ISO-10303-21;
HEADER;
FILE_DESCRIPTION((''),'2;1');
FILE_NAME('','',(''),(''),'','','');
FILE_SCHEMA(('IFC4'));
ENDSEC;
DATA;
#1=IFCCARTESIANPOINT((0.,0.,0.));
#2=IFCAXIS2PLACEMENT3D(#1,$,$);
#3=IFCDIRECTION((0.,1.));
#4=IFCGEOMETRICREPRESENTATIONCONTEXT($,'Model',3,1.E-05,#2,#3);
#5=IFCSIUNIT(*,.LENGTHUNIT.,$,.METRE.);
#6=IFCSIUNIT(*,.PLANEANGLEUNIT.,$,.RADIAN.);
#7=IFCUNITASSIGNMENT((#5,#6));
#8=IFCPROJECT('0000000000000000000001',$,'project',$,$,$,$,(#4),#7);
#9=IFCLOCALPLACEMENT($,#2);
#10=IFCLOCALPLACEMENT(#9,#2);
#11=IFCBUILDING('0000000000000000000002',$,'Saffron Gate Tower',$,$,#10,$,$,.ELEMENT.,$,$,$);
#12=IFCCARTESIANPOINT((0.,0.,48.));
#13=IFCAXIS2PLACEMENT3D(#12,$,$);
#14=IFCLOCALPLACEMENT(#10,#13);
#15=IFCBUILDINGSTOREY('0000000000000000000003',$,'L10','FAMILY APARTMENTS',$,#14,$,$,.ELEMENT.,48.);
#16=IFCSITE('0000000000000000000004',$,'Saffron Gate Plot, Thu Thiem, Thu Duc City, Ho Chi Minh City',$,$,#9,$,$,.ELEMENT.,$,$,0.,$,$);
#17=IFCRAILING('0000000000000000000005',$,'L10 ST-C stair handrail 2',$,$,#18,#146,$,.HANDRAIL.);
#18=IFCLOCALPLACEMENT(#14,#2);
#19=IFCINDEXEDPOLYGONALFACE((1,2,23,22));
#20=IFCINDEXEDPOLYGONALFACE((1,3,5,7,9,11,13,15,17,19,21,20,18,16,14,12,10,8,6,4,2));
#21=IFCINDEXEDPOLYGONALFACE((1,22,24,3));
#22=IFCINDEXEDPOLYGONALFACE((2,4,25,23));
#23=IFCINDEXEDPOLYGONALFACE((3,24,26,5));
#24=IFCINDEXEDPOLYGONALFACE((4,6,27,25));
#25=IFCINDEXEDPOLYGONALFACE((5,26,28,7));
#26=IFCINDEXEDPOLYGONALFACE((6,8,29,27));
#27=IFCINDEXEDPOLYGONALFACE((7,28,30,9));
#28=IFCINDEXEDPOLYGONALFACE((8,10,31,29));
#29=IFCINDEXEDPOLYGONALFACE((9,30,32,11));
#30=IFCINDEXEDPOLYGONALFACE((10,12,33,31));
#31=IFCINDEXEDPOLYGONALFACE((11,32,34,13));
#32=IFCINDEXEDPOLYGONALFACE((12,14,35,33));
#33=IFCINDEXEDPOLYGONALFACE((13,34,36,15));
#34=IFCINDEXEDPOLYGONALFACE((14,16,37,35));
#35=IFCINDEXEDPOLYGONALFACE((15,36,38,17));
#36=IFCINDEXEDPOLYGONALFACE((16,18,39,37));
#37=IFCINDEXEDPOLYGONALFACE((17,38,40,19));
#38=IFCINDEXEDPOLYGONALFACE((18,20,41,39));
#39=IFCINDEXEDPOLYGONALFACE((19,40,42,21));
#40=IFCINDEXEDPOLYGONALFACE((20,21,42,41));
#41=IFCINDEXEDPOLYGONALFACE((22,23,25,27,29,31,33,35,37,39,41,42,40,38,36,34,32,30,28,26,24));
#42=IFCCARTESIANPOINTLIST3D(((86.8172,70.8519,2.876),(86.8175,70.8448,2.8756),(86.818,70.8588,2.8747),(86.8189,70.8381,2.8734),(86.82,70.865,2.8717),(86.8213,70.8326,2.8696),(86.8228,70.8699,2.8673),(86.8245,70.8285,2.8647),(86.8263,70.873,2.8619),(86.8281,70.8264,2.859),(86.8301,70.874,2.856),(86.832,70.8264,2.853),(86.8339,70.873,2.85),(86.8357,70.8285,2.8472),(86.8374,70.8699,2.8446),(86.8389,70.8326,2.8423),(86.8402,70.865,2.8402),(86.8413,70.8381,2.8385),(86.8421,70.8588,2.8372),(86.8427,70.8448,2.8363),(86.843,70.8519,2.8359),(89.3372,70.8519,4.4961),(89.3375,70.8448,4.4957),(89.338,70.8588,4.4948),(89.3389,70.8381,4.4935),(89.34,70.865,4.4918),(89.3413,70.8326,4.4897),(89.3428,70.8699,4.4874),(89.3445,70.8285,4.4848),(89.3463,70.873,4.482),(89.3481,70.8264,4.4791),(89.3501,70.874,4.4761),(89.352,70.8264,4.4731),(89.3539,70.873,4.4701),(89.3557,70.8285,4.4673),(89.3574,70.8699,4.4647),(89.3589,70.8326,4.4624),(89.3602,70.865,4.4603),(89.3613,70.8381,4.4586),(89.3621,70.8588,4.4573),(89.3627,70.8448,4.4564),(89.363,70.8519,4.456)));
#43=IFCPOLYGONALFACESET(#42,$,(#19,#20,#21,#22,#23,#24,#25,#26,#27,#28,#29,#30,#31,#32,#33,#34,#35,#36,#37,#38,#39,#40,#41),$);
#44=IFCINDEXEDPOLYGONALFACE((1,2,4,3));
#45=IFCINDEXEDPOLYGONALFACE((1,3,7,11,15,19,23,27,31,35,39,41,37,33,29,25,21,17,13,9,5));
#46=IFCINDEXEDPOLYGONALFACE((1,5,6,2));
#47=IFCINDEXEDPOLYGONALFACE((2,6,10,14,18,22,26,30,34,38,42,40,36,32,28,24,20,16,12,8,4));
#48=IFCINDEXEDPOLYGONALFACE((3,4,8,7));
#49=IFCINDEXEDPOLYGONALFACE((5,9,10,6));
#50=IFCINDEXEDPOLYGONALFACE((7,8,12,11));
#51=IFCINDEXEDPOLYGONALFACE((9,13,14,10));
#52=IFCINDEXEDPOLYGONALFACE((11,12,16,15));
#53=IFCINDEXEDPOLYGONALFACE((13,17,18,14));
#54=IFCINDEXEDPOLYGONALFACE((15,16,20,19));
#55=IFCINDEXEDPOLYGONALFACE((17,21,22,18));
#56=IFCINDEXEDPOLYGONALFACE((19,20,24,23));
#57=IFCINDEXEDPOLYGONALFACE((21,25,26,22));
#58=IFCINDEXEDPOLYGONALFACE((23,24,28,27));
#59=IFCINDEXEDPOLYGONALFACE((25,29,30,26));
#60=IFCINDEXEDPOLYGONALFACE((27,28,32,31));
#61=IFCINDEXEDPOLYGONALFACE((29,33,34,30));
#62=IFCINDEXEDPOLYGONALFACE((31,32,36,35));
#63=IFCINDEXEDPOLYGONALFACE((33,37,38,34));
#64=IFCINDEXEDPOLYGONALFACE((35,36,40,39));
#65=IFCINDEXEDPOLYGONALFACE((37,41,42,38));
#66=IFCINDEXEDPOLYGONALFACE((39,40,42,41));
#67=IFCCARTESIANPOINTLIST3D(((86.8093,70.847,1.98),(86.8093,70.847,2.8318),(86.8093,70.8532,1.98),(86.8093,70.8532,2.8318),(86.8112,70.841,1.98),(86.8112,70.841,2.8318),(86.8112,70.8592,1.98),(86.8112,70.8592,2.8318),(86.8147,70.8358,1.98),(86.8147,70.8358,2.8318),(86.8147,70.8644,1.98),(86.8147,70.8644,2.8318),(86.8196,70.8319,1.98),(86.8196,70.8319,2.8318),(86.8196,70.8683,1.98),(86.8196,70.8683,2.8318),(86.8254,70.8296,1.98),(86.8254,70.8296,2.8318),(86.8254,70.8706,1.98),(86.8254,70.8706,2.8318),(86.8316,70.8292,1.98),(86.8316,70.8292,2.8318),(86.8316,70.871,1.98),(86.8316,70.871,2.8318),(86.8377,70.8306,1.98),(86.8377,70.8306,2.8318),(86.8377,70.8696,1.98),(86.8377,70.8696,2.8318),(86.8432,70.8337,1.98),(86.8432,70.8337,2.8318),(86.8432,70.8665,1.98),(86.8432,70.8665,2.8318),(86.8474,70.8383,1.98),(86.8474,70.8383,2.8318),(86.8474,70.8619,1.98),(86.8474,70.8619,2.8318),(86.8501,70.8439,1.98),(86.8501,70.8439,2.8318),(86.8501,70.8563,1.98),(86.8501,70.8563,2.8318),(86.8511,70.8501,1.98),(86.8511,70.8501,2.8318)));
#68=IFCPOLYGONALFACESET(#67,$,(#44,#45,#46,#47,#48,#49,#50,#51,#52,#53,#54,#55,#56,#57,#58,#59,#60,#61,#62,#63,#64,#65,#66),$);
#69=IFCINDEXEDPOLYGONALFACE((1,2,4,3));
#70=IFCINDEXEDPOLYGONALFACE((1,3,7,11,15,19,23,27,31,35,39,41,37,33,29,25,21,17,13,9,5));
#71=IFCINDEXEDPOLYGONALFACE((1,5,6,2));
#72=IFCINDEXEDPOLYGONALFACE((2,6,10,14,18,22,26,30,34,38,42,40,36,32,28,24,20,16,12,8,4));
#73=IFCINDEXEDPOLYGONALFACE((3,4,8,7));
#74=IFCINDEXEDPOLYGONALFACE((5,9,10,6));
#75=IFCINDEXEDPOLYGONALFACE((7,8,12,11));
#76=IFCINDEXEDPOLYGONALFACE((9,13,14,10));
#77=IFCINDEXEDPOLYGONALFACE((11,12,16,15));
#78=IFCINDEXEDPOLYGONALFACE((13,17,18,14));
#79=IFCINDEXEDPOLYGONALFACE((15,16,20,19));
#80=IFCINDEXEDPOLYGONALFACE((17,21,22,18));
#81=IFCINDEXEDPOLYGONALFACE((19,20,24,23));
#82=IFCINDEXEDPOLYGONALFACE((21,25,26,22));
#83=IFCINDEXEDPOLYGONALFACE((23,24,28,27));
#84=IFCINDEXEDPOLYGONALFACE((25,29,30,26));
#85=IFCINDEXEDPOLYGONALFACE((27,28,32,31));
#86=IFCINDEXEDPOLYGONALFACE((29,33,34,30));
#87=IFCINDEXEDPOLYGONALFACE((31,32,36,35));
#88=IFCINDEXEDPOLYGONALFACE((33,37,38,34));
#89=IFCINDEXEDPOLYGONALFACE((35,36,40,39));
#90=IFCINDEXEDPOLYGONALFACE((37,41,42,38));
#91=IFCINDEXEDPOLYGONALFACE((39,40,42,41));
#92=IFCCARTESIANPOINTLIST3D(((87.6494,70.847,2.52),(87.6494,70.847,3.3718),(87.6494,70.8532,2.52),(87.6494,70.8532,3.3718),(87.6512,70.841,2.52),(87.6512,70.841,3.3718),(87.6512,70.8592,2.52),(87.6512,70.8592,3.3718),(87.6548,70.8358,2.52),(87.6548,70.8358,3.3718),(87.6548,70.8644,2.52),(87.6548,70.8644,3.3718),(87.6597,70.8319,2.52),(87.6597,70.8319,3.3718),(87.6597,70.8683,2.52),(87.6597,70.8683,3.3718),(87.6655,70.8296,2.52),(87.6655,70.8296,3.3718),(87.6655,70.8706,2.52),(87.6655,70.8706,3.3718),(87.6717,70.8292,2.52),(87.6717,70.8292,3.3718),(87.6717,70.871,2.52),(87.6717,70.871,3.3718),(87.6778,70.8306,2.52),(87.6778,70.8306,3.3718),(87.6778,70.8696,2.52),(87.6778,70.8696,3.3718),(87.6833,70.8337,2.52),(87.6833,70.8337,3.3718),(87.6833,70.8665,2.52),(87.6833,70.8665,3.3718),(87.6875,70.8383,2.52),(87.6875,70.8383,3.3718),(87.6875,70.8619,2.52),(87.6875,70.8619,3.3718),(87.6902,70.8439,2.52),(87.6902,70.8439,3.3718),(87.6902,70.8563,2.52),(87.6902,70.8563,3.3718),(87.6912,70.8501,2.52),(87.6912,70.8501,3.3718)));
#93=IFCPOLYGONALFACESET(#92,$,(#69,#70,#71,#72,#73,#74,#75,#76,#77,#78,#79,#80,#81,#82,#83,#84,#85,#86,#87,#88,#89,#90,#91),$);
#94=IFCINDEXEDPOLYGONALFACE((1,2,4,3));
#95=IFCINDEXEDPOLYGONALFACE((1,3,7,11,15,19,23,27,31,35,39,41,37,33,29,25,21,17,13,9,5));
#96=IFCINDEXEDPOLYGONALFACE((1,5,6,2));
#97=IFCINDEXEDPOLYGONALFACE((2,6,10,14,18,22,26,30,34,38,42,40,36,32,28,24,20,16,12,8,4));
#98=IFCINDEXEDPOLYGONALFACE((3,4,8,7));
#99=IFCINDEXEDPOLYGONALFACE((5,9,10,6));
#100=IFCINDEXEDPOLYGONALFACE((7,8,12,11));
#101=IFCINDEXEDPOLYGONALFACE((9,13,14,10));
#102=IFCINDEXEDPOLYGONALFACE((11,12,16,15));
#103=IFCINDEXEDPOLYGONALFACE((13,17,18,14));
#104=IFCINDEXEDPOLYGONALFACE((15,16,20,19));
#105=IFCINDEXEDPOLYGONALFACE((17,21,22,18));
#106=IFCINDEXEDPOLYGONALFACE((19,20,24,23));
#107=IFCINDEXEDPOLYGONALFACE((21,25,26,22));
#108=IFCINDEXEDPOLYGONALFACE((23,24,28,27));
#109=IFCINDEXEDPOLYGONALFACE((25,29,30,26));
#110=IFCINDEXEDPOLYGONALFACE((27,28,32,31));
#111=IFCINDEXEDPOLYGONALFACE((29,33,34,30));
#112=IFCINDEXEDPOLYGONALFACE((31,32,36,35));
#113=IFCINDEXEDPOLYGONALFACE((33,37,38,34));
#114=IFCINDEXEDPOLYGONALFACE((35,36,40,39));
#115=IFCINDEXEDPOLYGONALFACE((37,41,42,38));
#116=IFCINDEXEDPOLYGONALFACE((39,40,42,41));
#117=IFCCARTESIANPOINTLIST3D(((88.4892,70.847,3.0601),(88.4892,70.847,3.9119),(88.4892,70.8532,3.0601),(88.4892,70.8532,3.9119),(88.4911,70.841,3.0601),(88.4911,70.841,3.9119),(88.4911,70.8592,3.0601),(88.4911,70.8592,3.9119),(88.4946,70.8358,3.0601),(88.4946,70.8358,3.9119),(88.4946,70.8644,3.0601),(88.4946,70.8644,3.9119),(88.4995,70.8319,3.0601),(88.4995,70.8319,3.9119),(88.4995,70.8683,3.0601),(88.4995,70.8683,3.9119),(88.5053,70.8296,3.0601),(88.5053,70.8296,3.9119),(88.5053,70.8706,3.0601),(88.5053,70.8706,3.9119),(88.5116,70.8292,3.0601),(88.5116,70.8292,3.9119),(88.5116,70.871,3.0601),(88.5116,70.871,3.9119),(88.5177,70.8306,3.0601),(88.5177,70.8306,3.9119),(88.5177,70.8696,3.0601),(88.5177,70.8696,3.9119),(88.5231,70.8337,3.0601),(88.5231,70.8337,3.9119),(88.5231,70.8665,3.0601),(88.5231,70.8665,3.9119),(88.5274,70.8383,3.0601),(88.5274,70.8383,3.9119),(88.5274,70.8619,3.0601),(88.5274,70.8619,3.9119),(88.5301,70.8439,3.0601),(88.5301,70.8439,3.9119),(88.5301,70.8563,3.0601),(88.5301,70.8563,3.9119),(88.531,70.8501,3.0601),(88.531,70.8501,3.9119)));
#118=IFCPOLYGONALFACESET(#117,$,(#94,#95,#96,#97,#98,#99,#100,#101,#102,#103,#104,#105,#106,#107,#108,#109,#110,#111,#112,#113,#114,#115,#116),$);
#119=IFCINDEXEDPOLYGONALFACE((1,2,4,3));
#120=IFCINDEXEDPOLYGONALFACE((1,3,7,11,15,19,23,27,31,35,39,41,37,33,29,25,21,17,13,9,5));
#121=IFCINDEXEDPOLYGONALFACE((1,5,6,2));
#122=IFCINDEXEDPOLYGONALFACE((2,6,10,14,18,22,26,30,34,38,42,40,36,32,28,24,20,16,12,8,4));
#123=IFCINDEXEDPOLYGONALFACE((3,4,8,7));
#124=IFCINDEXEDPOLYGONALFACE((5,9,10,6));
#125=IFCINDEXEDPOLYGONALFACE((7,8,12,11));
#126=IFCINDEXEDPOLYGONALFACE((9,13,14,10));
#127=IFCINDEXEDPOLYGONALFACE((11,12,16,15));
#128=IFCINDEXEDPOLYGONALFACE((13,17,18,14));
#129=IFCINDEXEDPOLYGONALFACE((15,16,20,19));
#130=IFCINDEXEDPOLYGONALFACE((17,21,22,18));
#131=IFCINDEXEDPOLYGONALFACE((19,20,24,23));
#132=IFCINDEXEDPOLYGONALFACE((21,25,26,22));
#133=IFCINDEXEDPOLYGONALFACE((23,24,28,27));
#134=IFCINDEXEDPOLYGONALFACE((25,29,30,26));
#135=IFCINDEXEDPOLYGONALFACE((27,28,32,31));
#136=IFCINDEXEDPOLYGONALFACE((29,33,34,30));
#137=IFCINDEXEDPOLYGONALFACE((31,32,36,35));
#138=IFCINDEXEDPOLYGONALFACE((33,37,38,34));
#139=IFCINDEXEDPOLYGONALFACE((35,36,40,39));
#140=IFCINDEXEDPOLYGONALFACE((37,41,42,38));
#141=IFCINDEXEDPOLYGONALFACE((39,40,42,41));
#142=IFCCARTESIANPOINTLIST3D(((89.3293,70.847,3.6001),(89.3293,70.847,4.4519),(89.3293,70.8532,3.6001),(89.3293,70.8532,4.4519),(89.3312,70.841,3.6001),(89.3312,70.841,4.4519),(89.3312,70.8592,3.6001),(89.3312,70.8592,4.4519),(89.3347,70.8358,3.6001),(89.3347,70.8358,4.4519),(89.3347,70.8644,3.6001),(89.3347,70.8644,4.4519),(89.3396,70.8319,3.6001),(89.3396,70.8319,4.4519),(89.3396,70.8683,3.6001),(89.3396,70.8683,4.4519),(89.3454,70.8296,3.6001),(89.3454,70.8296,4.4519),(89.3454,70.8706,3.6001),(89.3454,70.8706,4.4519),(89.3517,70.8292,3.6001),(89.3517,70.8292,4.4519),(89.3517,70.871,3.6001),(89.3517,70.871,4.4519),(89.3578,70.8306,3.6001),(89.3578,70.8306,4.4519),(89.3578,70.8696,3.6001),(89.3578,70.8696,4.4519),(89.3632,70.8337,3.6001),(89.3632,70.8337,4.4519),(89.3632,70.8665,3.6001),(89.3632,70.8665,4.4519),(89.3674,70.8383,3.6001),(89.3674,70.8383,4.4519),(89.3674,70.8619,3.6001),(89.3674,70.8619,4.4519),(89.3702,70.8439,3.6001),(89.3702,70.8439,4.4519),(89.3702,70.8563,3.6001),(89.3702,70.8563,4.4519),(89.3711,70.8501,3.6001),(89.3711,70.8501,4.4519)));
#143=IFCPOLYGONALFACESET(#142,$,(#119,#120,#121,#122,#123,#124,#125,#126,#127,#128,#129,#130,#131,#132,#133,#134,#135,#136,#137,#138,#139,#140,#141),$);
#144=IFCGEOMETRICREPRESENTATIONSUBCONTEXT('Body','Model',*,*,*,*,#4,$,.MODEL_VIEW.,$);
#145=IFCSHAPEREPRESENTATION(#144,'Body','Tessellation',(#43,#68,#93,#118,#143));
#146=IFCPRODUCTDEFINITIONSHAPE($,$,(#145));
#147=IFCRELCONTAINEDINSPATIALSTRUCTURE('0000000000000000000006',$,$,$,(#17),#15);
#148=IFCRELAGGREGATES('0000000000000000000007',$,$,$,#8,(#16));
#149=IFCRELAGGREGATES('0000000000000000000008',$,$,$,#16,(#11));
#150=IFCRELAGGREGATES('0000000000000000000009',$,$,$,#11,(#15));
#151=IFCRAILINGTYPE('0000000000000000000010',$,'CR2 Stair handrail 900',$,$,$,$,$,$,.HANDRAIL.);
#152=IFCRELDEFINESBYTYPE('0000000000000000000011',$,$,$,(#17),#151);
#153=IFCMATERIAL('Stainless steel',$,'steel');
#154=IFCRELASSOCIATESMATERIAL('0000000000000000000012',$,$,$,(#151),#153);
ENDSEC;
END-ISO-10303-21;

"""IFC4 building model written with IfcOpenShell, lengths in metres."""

from ifc_helpers import new_model, si_unit, direction, frame, origin, origin_2d, place, context, subcontext, project, spatial, circle, extrude, material, type_object, element, save


model = new_model("IFC4")

# Units and contexts
model_context = context("Model", 3, precision=1e-05, world=origin(), true_north=direction((0.0, 1.0)))
body_context = subcontext(model_context, "Body", "Model", "MODEL_VIEW")
ifc_project = project(units=[si_unit("LENGTHUNIT", "METRE"), si_unit("PLANEANGLEUNIT", "RADIAN")], contexts=[model_context])

# Site, building, storey
site_placement = place(None, origin())
site = spatial("IfcSite", under=ifc_project, at=site_placement, Name="Saffron Gate Plot, Thu Thiem, Thu Duc City, Ho Chi Minh City", CompositionType="ELEMENT", RefElevation=0.0)
building_placement = place(site_placement, origin())
building = spatial("IfcBuilding", under=site, at=building_placement, Name="Saffron Gate Tower", CompositionType="ELEMENT")
storey_placement = place(building_placement, frame((0.0, 0.0, 48.0)))
storey = spatial("IfcBuildingStorey", under=building, at=storey_placement, Name="L10", Description="FAMILY APARTMENTS", CompositionType="ELEMENT", Elevation=48.0)

# Railing
ifc_material_1 = material(Name="Stainless steel", Category="steel")
railing_type_1 = type_object("IfcRailingType", Name="CR2 Stair handrail 900", PredefinedType="HANDRAIL", material=ifc_material_1)
railing_1_placement = place(storey_placement, frame((86.8301, 70.8501, 1.98)))
element("IfcRailing", 1, at=railing_1_placement, inside=storey, type_object=railing_type_1, Name="L10 ST-C stair handrail 2", PredefinedType="HANDRAIL", context=body_context, shape_type="SweptSolid", body=[
    extrude(circle(Radius=0.0239, at=origin_2d()), frame((0.0, 0.0, 0.876), z_axis=(0.841163, 0.0, 0.540782), x_axis=(0.0, 1.0, 0.0)), (0.0, 0.0, 1.0), 2.9958),
    extrude(circle(Radius=0.021, at=origin_2d()), origin(), (0.0, 0.0, 1.0), 0.8518),
    extrude(circle(Radius=0.021, at=origin_2d()), frame((0.8401, 0.0, 0.54)), (0.0, 0.0, 1.0), 0.8518),
    extrude(circle(Radius=0.021, at=origin_2d()), frame((1.6799, 0.0, 1.0801)), (0.0, 0.0, 1.0), 0.8518),
    extrude(circle(Radius=0.021, at=origin_2d()), frame((2.52, 0.0, 1.6201)), (0.0, 0.0, 1.0), 0.8518),
])

save(model, "model.ifc")
